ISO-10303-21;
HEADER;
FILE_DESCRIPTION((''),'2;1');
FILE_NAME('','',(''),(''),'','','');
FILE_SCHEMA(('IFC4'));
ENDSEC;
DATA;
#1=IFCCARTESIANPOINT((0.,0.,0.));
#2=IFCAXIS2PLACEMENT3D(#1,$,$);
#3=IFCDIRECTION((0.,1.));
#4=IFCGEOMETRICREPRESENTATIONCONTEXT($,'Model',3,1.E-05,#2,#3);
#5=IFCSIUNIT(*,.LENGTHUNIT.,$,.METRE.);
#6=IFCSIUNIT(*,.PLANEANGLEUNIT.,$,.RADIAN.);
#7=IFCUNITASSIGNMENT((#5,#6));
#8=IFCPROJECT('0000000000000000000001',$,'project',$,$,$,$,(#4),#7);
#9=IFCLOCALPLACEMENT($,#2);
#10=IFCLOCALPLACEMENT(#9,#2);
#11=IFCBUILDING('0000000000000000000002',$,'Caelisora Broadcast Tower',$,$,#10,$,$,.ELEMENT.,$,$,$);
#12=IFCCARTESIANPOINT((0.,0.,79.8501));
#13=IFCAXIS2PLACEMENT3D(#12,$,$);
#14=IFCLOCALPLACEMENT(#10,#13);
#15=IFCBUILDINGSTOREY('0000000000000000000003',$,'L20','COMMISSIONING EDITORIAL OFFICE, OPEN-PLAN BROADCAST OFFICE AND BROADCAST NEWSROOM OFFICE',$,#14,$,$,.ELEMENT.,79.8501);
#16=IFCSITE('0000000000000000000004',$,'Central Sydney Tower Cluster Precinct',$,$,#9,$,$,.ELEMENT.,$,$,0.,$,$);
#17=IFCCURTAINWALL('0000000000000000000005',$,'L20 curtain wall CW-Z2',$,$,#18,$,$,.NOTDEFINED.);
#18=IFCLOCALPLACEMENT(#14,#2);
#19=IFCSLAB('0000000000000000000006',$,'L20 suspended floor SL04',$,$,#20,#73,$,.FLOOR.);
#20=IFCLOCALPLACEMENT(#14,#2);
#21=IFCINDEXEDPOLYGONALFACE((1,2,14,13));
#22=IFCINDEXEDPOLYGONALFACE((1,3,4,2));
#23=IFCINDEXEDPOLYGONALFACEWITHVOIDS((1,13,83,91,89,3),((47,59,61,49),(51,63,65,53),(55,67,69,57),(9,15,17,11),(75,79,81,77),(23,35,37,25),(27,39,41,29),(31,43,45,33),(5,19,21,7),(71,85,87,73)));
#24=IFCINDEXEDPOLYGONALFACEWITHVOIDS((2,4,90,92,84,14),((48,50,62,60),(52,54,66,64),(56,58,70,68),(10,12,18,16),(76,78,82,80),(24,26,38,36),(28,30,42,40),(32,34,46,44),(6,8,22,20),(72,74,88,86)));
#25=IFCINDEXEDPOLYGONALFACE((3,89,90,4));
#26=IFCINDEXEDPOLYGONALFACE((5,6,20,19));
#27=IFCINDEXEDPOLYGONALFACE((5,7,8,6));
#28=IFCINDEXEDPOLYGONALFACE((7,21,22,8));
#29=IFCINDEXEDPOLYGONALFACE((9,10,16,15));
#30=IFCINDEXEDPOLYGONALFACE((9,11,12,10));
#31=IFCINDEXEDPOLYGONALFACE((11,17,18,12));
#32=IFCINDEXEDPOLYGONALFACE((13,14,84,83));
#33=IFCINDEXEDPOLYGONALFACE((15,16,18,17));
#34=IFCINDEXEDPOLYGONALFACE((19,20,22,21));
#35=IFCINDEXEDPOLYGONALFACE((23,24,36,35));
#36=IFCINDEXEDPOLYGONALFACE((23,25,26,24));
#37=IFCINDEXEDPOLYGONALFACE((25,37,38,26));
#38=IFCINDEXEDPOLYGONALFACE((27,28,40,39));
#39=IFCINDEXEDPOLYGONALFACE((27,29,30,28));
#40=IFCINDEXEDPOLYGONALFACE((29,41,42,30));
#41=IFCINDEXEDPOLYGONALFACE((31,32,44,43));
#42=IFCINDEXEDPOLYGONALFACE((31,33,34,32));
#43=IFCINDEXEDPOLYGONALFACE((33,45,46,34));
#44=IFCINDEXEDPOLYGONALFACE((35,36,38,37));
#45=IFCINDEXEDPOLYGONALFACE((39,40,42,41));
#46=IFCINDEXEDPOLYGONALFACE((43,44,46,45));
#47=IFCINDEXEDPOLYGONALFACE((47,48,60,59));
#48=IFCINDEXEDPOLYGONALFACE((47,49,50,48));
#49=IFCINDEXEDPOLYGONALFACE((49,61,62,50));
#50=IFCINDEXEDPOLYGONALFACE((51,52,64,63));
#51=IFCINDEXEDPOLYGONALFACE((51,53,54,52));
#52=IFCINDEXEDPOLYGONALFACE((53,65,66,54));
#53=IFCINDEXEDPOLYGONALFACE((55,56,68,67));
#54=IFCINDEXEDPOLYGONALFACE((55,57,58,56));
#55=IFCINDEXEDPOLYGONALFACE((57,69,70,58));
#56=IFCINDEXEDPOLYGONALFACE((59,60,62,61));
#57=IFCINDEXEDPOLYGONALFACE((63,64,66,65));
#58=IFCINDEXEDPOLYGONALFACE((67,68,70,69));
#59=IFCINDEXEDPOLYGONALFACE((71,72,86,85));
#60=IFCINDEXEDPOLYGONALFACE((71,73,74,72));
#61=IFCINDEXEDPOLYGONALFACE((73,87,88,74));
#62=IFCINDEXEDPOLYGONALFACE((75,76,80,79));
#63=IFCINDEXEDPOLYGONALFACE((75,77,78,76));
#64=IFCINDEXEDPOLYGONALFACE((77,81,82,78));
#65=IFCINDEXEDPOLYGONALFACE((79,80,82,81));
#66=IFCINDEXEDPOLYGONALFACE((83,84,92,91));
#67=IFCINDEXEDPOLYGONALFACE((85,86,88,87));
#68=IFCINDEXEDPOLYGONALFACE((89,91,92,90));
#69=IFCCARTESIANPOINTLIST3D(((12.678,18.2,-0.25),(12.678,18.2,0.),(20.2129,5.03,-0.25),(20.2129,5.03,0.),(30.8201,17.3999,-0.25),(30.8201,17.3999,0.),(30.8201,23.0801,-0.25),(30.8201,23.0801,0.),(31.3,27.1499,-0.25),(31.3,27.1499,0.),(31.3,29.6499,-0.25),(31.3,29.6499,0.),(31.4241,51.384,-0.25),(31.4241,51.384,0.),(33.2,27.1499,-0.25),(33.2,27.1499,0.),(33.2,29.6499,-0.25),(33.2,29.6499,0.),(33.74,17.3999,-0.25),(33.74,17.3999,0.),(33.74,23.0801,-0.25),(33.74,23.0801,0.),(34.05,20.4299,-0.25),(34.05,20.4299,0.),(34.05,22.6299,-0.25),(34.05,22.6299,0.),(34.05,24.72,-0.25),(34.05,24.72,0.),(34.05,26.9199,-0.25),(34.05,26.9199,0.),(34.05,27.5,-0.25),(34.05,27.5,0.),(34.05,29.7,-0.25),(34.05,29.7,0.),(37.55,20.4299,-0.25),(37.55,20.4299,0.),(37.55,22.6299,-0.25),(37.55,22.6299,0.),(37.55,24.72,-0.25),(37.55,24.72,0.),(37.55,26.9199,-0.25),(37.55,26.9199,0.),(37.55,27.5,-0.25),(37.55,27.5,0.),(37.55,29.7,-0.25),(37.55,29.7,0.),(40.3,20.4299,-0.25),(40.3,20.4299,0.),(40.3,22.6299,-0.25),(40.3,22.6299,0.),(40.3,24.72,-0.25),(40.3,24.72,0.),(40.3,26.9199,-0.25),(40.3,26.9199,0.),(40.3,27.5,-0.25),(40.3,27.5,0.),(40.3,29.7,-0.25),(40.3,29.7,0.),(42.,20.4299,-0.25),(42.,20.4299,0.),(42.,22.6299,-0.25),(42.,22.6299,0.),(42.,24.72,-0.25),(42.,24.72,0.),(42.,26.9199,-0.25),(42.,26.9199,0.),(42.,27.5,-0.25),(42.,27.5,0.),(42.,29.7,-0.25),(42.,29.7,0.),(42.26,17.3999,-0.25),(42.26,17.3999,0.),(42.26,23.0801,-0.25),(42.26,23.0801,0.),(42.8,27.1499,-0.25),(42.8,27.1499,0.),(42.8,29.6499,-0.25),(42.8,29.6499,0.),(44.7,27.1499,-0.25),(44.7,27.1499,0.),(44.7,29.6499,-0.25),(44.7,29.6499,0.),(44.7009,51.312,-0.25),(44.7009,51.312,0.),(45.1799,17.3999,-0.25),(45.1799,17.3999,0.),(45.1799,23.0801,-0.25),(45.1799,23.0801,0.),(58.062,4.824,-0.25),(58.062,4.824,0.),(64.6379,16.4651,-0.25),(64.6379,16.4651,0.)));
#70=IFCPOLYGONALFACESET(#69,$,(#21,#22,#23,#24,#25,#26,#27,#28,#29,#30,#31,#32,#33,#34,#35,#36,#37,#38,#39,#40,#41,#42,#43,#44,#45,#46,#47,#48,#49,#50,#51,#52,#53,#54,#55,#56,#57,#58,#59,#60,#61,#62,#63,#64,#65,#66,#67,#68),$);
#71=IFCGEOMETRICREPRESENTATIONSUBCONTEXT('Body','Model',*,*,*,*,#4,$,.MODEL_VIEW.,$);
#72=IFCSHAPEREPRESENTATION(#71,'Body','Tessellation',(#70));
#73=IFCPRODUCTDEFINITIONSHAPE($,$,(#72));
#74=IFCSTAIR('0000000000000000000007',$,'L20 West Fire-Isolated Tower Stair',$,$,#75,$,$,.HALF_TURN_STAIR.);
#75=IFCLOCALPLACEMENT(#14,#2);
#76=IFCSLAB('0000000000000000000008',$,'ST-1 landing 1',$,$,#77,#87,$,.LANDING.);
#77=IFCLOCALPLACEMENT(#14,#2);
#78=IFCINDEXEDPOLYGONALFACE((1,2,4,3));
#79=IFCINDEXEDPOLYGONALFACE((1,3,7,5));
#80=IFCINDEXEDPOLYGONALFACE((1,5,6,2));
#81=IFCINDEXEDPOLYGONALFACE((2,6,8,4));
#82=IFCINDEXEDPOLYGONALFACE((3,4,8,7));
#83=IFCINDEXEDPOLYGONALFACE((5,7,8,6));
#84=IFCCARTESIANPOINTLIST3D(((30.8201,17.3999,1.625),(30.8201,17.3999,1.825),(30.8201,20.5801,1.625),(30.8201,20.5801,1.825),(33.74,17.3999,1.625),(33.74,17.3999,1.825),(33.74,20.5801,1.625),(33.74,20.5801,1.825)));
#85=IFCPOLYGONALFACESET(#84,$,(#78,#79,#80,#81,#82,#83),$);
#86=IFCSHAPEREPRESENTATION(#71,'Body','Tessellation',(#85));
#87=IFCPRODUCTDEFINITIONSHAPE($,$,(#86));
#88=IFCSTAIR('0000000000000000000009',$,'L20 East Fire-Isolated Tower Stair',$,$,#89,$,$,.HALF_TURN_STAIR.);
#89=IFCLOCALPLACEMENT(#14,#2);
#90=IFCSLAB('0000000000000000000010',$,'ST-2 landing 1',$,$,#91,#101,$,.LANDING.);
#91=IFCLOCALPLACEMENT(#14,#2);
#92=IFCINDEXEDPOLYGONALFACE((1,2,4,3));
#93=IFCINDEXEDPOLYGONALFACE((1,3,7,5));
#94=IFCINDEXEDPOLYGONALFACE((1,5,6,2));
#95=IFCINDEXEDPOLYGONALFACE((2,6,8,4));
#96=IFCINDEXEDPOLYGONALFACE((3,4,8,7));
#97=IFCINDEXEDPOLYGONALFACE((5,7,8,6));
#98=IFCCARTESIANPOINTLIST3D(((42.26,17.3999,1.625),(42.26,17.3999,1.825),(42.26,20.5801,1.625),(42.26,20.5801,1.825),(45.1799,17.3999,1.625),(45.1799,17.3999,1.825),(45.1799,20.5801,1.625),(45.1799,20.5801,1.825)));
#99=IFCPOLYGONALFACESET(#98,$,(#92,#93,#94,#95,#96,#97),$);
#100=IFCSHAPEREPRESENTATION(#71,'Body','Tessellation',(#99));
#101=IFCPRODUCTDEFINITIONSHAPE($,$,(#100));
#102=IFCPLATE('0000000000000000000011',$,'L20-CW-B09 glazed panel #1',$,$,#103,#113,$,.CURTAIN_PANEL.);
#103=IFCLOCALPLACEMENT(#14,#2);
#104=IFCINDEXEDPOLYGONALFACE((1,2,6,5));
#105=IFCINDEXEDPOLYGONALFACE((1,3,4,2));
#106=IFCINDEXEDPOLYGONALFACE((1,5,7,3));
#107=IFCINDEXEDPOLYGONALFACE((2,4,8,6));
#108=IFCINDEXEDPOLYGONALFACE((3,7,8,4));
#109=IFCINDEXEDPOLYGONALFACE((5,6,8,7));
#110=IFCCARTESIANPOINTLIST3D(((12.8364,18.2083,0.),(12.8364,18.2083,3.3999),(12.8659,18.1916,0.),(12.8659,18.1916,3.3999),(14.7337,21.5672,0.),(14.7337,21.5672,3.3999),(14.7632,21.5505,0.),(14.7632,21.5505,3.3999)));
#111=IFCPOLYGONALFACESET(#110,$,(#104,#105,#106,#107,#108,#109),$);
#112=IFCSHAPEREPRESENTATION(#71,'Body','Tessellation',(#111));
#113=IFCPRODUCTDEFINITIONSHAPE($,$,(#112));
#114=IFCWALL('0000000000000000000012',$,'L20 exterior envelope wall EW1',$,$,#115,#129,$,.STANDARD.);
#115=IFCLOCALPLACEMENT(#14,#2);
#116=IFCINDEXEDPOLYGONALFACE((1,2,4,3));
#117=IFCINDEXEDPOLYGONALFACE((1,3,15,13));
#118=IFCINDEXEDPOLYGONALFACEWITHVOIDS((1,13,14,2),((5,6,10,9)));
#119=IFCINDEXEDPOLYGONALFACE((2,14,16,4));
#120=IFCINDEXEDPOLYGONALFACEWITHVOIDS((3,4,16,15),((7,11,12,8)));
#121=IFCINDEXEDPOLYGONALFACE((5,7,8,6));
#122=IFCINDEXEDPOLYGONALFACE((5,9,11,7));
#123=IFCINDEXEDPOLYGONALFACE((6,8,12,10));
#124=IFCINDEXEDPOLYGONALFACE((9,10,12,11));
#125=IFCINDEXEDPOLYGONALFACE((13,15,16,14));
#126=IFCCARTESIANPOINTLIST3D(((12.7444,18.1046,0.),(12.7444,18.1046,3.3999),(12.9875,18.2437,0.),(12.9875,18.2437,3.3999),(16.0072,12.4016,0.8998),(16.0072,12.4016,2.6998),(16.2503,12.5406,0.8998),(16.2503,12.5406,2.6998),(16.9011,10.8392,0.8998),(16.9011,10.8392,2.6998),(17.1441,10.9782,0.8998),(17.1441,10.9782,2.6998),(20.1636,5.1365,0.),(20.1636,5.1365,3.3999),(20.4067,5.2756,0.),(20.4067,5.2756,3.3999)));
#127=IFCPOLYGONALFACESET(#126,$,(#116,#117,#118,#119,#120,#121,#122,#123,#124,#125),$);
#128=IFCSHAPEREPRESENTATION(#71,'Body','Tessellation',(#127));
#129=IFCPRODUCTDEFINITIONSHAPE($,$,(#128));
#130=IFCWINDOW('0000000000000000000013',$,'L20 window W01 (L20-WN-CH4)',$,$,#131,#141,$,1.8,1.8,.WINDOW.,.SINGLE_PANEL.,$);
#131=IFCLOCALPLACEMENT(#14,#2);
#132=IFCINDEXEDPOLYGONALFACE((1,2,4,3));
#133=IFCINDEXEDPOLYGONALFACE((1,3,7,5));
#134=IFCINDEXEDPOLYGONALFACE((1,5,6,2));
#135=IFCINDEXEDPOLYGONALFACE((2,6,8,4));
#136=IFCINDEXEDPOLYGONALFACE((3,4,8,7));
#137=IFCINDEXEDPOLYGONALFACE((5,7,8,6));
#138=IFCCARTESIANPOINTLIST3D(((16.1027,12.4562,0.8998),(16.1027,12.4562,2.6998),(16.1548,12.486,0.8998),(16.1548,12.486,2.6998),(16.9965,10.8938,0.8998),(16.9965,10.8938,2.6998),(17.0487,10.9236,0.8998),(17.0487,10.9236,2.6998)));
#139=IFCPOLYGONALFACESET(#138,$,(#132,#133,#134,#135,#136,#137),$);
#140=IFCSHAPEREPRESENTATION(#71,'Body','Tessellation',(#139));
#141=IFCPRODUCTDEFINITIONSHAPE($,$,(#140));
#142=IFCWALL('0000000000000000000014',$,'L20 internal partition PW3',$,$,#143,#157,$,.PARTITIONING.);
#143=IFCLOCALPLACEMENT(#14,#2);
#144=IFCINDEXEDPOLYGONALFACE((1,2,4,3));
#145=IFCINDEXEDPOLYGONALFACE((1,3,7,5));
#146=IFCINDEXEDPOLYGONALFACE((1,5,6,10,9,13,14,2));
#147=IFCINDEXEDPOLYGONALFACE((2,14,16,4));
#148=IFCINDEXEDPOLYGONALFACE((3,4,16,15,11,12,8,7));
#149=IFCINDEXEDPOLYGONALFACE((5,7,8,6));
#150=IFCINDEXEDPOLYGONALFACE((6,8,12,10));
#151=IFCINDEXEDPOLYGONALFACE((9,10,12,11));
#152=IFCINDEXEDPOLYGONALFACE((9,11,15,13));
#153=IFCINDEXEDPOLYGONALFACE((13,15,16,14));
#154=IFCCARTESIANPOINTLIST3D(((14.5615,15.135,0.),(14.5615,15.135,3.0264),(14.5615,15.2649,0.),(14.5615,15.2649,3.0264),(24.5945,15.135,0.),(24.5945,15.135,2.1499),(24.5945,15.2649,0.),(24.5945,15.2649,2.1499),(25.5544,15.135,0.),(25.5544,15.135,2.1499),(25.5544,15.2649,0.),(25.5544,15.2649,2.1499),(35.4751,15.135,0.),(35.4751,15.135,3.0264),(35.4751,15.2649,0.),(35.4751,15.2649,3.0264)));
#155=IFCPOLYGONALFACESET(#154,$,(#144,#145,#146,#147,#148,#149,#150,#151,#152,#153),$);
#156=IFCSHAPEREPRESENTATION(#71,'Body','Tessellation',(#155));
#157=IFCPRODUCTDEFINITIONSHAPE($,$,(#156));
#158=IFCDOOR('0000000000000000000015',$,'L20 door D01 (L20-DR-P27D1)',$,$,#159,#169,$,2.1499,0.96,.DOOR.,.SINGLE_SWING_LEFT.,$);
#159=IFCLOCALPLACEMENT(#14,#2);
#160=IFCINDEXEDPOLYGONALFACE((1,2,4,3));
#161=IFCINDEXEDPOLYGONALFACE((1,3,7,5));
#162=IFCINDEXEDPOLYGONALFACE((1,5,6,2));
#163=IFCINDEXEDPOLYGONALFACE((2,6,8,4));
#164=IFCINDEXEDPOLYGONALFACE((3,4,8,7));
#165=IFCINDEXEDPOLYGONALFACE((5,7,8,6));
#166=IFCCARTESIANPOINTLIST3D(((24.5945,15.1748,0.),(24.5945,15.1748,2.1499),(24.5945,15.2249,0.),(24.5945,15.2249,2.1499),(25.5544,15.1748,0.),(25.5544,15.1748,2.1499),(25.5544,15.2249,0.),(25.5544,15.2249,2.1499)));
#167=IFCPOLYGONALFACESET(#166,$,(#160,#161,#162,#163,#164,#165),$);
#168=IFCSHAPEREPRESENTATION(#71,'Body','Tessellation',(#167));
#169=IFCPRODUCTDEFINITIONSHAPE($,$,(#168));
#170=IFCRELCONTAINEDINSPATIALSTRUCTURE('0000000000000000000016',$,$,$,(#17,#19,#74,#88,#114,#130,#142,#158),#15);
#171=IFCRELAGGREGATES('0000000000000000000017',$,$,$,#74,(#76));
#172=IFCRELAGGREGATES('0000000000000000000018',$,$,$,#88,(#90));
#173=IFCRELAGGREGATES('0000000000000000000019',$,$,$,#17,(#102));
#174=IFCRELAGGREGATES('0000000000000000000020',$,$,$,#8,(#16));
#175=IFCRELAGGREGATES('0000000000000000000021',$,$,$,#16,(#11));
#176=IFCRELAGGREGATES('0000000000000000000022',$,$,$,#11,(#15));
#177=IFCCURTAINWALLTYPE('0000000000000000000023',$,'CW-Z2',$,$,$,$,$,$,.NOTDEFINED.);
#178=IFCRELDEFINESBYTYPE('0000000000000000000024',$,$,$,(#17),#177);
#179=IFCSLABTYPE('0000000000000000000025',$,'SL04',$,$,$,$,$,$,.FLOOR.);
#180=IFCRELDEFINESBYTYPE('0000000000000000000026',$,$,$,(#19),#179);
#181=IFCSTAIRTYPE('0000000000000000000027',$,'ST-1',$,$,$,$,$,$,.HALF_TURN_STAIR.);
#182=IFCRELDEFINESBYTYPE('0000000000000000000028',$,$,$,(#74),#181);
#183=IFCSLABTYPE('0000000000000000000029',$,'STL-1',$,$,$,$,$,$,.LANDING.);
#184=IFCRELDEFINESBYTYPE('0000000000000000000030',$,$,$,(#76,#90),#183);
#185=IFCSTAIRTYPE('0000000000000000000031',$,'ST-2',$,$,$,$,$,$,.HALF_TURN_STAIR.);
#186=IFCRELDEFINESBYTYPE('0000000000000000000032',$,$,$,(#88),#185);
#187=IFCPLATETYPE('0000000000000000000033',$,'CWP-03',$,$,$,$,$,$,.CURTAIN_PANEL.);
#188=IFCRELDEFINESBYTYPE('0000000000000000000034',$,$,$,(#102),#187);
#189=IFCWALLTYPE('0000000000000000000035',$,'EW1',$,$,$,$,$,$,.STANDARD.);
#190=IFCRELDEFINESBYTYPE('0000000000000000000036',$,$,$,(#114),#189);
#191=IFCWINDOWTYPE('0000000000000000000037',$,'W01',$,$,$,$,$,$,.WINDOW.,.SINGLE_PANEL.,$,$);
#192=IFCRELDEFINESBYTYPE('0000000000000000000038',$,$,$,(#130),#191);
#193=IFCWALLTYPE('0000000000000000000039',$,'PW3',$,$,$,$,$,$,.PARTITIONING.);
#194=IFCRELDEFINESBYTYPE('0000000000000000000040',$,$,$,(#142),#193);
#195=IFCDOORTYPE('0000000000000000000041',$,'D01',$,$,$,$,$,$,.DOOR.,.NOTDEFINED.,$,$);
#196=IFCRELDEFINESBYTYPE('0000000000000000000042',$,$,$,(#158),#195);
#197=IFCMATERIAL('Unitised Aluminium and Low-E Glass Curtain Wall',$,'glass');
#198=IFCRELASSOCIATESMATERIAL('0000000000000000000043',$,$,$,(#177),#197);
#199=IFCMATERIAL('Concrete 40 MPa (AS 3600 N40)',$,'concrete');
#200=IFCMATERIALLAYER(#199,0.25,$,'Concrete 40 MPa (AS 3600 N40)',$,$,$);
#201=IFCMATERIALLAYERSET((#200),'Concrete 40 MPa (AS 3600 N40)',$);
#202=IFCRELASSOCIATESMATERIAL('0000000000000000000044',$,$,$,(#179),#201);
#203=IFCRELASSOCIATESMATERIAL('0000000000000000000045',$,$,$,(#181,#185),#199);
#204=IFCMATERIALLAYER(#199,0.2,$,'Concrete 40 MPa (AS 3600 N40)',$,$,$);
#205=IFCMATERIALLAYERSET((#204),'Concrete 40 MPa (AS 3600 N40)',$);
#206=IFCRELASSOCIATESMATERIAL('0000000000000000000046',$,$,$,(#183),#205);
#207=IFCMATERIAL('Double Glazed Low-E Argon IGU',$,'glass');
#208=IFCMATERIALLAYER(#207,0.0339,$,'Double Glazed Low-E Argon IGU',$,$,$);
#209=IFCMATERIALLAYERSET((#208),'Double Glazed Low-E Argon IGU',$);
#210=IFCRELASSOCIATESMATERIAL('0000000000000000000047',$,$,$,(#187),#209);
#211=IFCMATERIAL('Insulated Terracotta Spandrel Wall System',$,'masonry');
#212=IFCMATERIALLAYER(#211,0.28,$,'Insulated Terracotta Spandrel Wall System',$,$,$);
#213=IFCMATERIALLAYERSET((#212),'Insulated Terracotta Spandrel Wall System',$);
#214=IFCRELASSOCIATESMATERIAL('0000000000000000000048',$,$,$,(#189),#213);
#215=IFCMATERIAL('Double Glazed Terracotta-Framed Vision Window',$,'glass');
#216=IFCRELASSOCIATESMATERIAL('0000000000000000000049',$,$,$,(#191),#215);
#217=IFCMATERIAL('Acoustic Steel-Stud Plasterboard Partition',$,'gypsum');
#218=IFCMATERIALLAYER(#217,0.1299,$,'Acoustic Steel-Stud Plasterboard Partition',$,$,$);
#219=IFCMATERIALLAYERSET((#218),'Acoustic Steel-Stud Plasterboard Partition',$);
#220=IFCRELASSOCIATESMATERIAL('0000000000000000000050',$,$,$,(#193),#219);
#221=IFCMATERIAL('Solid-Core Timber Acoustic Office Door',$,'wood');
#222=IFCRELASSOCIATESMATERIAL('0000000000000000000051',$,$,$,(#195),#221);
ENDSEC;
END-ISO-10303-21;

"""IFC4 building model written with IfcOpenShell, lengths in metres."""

from ifc_helpers import new_model, si_unit, direction, frame, frame_2d, origin, origin_2d, place, context, subcontext, project, spatial, polyline, rectangle, outline, extrude, source, transform, mapped, material, layer, layer_set, type_object, type_shapes, element, fill, aggregate, save


model = new_model("IFC4")

# Units and contexts
model_context = context("Model", 3, precision=1e-05, world=origin(), true_north=direction((0.0, 1.0)))
body_context = subcontext(model_context, "Body", "Model", "MODEL_VIEW")
ifc_project = project(units=[si_unit("LENGTHUNIT", "METRE"), si_unit("PLANEANGLEUNIT", "RADIAN")], contexts=[model_context])

# Site, building, storey
site_placement = place(None, origin())
site = spatial("IfcSite", under=ifc_project, at=site_placement, Name="Central Sydney Tower Cluster Precinct", CompositionType="ELEMENT", RefElevation=0.0)
building_placement = place(site_placement, origin())
building = spatial("IfcBuilding", under=site, at=building_placement, Name="Caelisora Broadcast Tower", CompositionType="ELEMENT")
storey_placement = place(building_placement, frame((0.0, 0.0, 79.8501)))
storey = spatial("IfcBuildingStorey", under=building, at=storey_placement, Name="L20", Description="COMMISSIONING EDITORIAL OFFICE, OPEN-PLAN BROADCAST OFFICE AND BROADCAST NEWSROOM OFFICE", CompositionType="ELEMENT", Elevation=79.8501)

# Curtain wall
ifc_material_1 = material(Name="Unitised Aluminium and Low-E Glass Curtain Wall", Category="glass")
curtain_wall_type = type_object("IfcCurtainWallType", Name="CW-Z2", PredefinedType="NOTDEFINED", material=ifc_material_1)
curtain_wall_placement = place(storey_placement, origin())
curtain_wall = element("IfcCurtainWall", 1, at=curtain_wall_placement, inside=storey, type_object=curtain_wall_type, Name="L20 curtain wall CW-Z2", PredefinedType="NOTDEFINED")

# Slab
ifc_material_2 = material(Name="Concrete 40 MPa (AS 3600 N40)", Category="concrete")
ifc_layer_1 = layer(ifc_material_2, 0.25, Name="Concrete 40 MPa (AS 3600 N40)")
ifc_layer_set_1 = layer_set([ifc_layer_1], Name="Concrete 40 MPa (AS 3600 N40)")
slab_type_1 = type_object("IfcSlabType", Name="SL04", PredefinedType="FLOOR", material=ifc_layer_set_1)
slab_1_placement = place(storey_placement, frame((0.0, 0.0, -0.25)))
element("IfcSlab", 2, at=slab_1_placement, inside=storey, type_object=slab_type_1, Name="L20 suspended floor SL04", PredefinedType="FLOOR", context=body_context, shape_type="SweptSolid", body=[
    extrude(outline(polyline([(44.7009, 51.312), (31.4241, 51.384), (12.678, 18.2), (20.2129, 5.03), (58.062, 4.824), (64.6379, 16.4651), (44.7009, 51.312)]), holes=[polyline([(30.8201, 17.3999), (33.74, 17.3999), (33.74, 23.0801), (30.8201, 23.0801), (30.8201, 17.3999)]), polyline([(42.26, 17.3999), (45.1799, 17.3999), (45.1799, 23.0801), (42.26, 23.0801), (42.26, 17.3999)]), polyline([(42.8, 27.1499), (44.7, 27.1499), (44.7, 29.6499), (42.8, 29.6499), (42.8, 27.1499)]), polyline([(40.3, 20.4299), (42.0, 20.4299), (42.0, 22.6299), (40.3, 22.6299), (40.3, 20.4299)]), polyline([(40.3, 24.72), (42.0, 24.72), (42.0, 26.9199), (40.3, 26.9199), (40.3, 24.72)]), polyline([(40.3, 27.5), (42.0, 27.5), (42.0, 29.7), (40.3, 29.7), (40.3, 27.5)]), polyline([(34.05, 20.4299), (37.55, 20.4299), (37.55, 22.6299), (34.05, 22.6299), (34.05, 20.4299)]), polyline([(34.05, 24.72), (37.55, 24.72), (37.55, 26.9199), (34.05, 26.9199), (34.05, 24.72)]), polyline([(34.05, 27.5), (37.55, 27.5), (37.55, 29.7), (34.05, 29.7), (34.05, 27.5)]), polyline([(31.3, 27.1499), (33.2, 27.1499), (33.2, 29.6499), (31.3, 29.6499), (31.3, 27.1499)])]), origin(), (0.0, 0.0, 1.0), 0.25),
])

# Stairs, slabs
stair_type_1 = type_object("IfcStairType", Name="ST-1", PredefinedType="HALF_TURN_STAIR", material=ifc_material_2)
stair_1_placement = place(storey_placement, origin())
stair_1 = element("IfcStair", 3, at=stair_1_placement, inside=storey, type_object=stair_type_1, Name="L20 West Fire-Isolated Tower Stair", PredefinedType="HALF_TURN_STAIR")
ifc_layer_2 = layer(ifc_material_2, 0.2, Name="Concrete 40 MPa (AS 3600 N40)")
ifc_layer_set_2 = layer_set([ifc_layer_2], Name="Concrete 40 MPa (AS 3600 N40)")
slab_type_2 = type_object("IfcSlabType", Name="STL-1", PredefinedType="LANDING", material=ifc_layer_set_2)
slab_2_placement = place(storey_placement, frame((0.0, 0.0, 1.625)))
slab_2 = element("IfcSlab", 4, at=slab_2_placement, type_object=slab_type_2, Name="ST-1 landing 1", PredefinedType="LANDING", context=body_context, shape_type="SweptSolid", body=[
    extrude(outline(polyline([(30.8201, 20.5801), (30.8201, 17.3999), (33.74, 17.3999), (33.74, 20.5801), (30.8201, 20.5801)])), origin(), (0.0, 0.0, 1.0), 0.2),
])
aggregate(stair_1, [slab_2])
stair_type_2 = type_object("IfcStairType", Name="ST-2", PredefinedType="HALF_TURN_STAIR", material=ifc_material_2)
stair_2_placement = place(storey_placement, origin())
stair_2 = element("IfcStair", 5, at=stair_2_placement, inside=storey, type_object=stair_type_2, Name="L20 East Fire-Isolated Tower Stair", PredefinedType="HALF_TURN_STAIR")
slab_3_placement = place(storey_placement, frame((0.0, 0.0, 1.625)))
slab_3 = element("IfcSlab", 6, at=slab_3_placement, type_object=slab_type_2, Name="ST-2 landing 1", PredefinedType="LANDING", context=body_context, shape_type="SweptSolid", body=[
    extrude(outline(polyline([(42.26, 20.5801), (42.26, 17.3999), (45.1799, 17.3999), (45.1799, 20.5801), (42.26, 20.5801)])), origin(), (0.0, 0.0, 1.0), 0.2),
])
aggregate(stair_2, [slab_3])

# Plate
ifc_material_3 = material(Name="Double Glazed Low-E Argon IGU", Category="glass")
ifc_layer_3 = layer(ifc_material_3, 0.0339, Name="Double Glazed Low-E Argon IGU")
ifc_layer_set_3 = layer_set([ifc_layer_3], Name="Double Glazed Low-E Argon IGU")
plate_type = type_object("IfcPlateType", Name="CWP-03", PredefinedType="CURTAIN_PANEL", material=ifc_layer_set_3)
shared_shape_1 = source(origin(), body_context, "Body", "SweptSolid", [
    extrude(rectangle(XDim=3.8577, YDim=0.0339, at=origin_2d()), origin(), (0.0, 0.0, 1.0), 3.3999),
])
type_shapes(plate_type, [shared_shape_1])
plate_placement = place(storey_placement, frame((13.7998, 19.8794, 0.0), z_axis=(0.0, 0.0, 1.0), x_axis=(0.491816, 0.870699, 0.0)))
plate = element("IfcPlate", 7, at=plate_placement, type_object=plate_type, Name="L20-CW-B09 glazed panel #1", PredefinedType="CURTAIN_PANEL", context=body_context, shape_type="MappedRepresentation", body=[
    mapped(shared_shape_1, transform((0.0, 0.0, 0.0), scale=1.0)),
])
aggregate(curtain_wall, [plate])

# Wall, opening, window
ifc_material_4 = material(Name="Insulated Terracotta Spandrel Wall System", Category="masonry")
ifc_layer_4 = layer(ifc_material_4, 0.28, Name="Insulated Terracotta Spandrel Wall System")
ifc_layer_set_4 = layer_set([ifc_layer_4], Name="Insulated Terracotta Spandrel Wall System")
wall_type_1 = type_object("IfcWallType", Name="EW1", PredefinedType="STANDARD", material=ifc_layer_set_4)
wall_1_placement = place(storey_placement, frame((20.2852, 5.2061, 0.0), z_axis=(0.0, 0.0, 1.0), x_axis=(-0.496588, 0.867987, 0.0)))
wall_1 = element("IfcWall", 8, at=wall_1_placement, inside=storey, type_object=wall_type_1, Name="L20 exterior envelope wall EW1", PredefinedType="STANDARD", context=body_context, shape_type="SweptSolid", body=[
    extrude(rectangle(XDim=14.9404, YDim=0.28, at=frame_2d((7.4702, 0.0))), origin(), (0.0, 0.0, 1.0), 3.3999),
])
opening_1_placement = place(wall_1_placement, frame((6.5701, 0.0, 0.8999)))
opening_1 = element("IfcOpeningElement", 9, at=opening_1_placement, cuts=wall_1, PredefinedType="OPENING", context=body_context, shape_type="SweptSolid", body=[
    extrude(rectangle(XDim=1.8, YDim=1.8, at=frame_2d((0.8999, 0.8999))), frame((0.0, 0.1521, 0.0), z_axis=(0.0, -1.0, 0.0), x_axis=(1.0, 0.0, 0.0)), (0.0, 0.0, 1.0), 0.304),
])
ifc_material_5 = material(Name="Double Glazed Terracotta-Framed Vision Window", Category="glass")
window_type = type_object("IfcWindowType", Name="W01", PartitioningType="SINGLE_PANEL", PredefinedType="WINDOW", material=ifc_material_5)
window_placement = place(opening_1_placement, origin())
window = element("IfcWindow", 10, at=window_placement, inside=storey, type_object=window_type, Name="L20 window W01 (L20-WN-CH4)", OverallHeight=1.8, OverallWidth=1.8, PartitioningType="SINGLE_PANEL", PredefinedType="WINDOW", context=body_context, shape_type="SweptSolid", body=[
    extrude(rectangle(XDim=1.8, YDim=1.8, at=frame_2d((0.8999, 0.8999))), frame((0.0, 0.03, 0.0), z_axis=(0.0, -1.0, 0.0), x_axis=(1.0, 0.0, 0.0)), (0.0, 0.0, 1.0), 0.0601),
])
fill(opening_1, window)

# Wall, opening, door
ifc_material_6 = material(Name="Acoustic Steel-Stud Plasterboard Partition", Category="gypsum")
ifc_layer_5 = layer(ifc_material_6, 0.1299, Name="Acoustic Steel-Stud Plasterboard Partition")
ifc_layer_set_5 = layer_set([ifc_layer_5], Name="Acoustic Steel-Stud Plasterboard Partition")
wall_type_2 = type_object("IfcWallType", Name="PW3", PredefinedType="PARTITIONING", material=ifc_layer_set_5)
wall_2_placement = place(storey_placement, frame((14.5615, 15.2, 0.0), z_axis=(0.0, 0.0, 1.0), x_axis=(1.0, 0.0, 0.0)))
wall_2 = element("IfcWall", 11, at=wall_2_placement, inside=storey, type_object=wall_type_2, Name="L20 internal partition PW3", PredefinedType="PARTITIONING", context=body_context, shape_type="SweptSolid", body=[
    extrude(rectangle(XDim=20.9136, YDim=0.1299, at=frame_2d((10.4568, 0.0))), origin(), (0.0, 0.0, 1.0), 3.0264),
])
opening_2_placement = place(wall_2_placement, frame((10.033, 0.0, 0.0)))
opening_2 = element("IfcOpeningElement", 12, at=opening_2_placement, cuts=wall_2, PredefinedType="OPENING", context=body_context, shape_type="SweptSolid", body=[
    extrude(rectangle(XDim=0.96, YDim=2.1499, at=frame_2d((0.48, 1.075))), frame((0.0, 0.0769, 0.0), z_axis=(0.0, -1.0, 0.0), x_axis=(1.0, 0.0, 0.0)), (0.0, 0.0, 1.0), 0.1538),
])
ifc_material_7 = material(Name="Solid-Core Timber Acoustic Office Door", Category="wood")
door_type = type_object("IfcDoorType", Name="D01", OperationType="NOTDEFINED", PredefinedType="DOOR", material=ifc_material_7)
door_placement = place(opening_2_placement, origin())
door = element("IfcDoor", 13, at=door_placement, inside=storey, type_object=door_type, Name="L20 door D01 (L20-DR-P27D1)", OperationType="SINGLE_SWING_LEFT", OverallHeight=2.1499, OverallWidth=0.96, PredefinedType="DOOR", context=body_context, shape_type="SweptSolid", body=[
    extrude(rectangle(XDim=0.96, YDim=2.1499, at=frame_2d((0.48, 1.075))), frame((0.0, 0.0249, 0.0), z_axis=(0.0, -1.0, 0.0), x_axis=(1.0, 0.0, 0.0)), (0.0, 0.0, 1.0), 0.05),
])
fill(opening_2, door)

save(model, "model.ifc")
